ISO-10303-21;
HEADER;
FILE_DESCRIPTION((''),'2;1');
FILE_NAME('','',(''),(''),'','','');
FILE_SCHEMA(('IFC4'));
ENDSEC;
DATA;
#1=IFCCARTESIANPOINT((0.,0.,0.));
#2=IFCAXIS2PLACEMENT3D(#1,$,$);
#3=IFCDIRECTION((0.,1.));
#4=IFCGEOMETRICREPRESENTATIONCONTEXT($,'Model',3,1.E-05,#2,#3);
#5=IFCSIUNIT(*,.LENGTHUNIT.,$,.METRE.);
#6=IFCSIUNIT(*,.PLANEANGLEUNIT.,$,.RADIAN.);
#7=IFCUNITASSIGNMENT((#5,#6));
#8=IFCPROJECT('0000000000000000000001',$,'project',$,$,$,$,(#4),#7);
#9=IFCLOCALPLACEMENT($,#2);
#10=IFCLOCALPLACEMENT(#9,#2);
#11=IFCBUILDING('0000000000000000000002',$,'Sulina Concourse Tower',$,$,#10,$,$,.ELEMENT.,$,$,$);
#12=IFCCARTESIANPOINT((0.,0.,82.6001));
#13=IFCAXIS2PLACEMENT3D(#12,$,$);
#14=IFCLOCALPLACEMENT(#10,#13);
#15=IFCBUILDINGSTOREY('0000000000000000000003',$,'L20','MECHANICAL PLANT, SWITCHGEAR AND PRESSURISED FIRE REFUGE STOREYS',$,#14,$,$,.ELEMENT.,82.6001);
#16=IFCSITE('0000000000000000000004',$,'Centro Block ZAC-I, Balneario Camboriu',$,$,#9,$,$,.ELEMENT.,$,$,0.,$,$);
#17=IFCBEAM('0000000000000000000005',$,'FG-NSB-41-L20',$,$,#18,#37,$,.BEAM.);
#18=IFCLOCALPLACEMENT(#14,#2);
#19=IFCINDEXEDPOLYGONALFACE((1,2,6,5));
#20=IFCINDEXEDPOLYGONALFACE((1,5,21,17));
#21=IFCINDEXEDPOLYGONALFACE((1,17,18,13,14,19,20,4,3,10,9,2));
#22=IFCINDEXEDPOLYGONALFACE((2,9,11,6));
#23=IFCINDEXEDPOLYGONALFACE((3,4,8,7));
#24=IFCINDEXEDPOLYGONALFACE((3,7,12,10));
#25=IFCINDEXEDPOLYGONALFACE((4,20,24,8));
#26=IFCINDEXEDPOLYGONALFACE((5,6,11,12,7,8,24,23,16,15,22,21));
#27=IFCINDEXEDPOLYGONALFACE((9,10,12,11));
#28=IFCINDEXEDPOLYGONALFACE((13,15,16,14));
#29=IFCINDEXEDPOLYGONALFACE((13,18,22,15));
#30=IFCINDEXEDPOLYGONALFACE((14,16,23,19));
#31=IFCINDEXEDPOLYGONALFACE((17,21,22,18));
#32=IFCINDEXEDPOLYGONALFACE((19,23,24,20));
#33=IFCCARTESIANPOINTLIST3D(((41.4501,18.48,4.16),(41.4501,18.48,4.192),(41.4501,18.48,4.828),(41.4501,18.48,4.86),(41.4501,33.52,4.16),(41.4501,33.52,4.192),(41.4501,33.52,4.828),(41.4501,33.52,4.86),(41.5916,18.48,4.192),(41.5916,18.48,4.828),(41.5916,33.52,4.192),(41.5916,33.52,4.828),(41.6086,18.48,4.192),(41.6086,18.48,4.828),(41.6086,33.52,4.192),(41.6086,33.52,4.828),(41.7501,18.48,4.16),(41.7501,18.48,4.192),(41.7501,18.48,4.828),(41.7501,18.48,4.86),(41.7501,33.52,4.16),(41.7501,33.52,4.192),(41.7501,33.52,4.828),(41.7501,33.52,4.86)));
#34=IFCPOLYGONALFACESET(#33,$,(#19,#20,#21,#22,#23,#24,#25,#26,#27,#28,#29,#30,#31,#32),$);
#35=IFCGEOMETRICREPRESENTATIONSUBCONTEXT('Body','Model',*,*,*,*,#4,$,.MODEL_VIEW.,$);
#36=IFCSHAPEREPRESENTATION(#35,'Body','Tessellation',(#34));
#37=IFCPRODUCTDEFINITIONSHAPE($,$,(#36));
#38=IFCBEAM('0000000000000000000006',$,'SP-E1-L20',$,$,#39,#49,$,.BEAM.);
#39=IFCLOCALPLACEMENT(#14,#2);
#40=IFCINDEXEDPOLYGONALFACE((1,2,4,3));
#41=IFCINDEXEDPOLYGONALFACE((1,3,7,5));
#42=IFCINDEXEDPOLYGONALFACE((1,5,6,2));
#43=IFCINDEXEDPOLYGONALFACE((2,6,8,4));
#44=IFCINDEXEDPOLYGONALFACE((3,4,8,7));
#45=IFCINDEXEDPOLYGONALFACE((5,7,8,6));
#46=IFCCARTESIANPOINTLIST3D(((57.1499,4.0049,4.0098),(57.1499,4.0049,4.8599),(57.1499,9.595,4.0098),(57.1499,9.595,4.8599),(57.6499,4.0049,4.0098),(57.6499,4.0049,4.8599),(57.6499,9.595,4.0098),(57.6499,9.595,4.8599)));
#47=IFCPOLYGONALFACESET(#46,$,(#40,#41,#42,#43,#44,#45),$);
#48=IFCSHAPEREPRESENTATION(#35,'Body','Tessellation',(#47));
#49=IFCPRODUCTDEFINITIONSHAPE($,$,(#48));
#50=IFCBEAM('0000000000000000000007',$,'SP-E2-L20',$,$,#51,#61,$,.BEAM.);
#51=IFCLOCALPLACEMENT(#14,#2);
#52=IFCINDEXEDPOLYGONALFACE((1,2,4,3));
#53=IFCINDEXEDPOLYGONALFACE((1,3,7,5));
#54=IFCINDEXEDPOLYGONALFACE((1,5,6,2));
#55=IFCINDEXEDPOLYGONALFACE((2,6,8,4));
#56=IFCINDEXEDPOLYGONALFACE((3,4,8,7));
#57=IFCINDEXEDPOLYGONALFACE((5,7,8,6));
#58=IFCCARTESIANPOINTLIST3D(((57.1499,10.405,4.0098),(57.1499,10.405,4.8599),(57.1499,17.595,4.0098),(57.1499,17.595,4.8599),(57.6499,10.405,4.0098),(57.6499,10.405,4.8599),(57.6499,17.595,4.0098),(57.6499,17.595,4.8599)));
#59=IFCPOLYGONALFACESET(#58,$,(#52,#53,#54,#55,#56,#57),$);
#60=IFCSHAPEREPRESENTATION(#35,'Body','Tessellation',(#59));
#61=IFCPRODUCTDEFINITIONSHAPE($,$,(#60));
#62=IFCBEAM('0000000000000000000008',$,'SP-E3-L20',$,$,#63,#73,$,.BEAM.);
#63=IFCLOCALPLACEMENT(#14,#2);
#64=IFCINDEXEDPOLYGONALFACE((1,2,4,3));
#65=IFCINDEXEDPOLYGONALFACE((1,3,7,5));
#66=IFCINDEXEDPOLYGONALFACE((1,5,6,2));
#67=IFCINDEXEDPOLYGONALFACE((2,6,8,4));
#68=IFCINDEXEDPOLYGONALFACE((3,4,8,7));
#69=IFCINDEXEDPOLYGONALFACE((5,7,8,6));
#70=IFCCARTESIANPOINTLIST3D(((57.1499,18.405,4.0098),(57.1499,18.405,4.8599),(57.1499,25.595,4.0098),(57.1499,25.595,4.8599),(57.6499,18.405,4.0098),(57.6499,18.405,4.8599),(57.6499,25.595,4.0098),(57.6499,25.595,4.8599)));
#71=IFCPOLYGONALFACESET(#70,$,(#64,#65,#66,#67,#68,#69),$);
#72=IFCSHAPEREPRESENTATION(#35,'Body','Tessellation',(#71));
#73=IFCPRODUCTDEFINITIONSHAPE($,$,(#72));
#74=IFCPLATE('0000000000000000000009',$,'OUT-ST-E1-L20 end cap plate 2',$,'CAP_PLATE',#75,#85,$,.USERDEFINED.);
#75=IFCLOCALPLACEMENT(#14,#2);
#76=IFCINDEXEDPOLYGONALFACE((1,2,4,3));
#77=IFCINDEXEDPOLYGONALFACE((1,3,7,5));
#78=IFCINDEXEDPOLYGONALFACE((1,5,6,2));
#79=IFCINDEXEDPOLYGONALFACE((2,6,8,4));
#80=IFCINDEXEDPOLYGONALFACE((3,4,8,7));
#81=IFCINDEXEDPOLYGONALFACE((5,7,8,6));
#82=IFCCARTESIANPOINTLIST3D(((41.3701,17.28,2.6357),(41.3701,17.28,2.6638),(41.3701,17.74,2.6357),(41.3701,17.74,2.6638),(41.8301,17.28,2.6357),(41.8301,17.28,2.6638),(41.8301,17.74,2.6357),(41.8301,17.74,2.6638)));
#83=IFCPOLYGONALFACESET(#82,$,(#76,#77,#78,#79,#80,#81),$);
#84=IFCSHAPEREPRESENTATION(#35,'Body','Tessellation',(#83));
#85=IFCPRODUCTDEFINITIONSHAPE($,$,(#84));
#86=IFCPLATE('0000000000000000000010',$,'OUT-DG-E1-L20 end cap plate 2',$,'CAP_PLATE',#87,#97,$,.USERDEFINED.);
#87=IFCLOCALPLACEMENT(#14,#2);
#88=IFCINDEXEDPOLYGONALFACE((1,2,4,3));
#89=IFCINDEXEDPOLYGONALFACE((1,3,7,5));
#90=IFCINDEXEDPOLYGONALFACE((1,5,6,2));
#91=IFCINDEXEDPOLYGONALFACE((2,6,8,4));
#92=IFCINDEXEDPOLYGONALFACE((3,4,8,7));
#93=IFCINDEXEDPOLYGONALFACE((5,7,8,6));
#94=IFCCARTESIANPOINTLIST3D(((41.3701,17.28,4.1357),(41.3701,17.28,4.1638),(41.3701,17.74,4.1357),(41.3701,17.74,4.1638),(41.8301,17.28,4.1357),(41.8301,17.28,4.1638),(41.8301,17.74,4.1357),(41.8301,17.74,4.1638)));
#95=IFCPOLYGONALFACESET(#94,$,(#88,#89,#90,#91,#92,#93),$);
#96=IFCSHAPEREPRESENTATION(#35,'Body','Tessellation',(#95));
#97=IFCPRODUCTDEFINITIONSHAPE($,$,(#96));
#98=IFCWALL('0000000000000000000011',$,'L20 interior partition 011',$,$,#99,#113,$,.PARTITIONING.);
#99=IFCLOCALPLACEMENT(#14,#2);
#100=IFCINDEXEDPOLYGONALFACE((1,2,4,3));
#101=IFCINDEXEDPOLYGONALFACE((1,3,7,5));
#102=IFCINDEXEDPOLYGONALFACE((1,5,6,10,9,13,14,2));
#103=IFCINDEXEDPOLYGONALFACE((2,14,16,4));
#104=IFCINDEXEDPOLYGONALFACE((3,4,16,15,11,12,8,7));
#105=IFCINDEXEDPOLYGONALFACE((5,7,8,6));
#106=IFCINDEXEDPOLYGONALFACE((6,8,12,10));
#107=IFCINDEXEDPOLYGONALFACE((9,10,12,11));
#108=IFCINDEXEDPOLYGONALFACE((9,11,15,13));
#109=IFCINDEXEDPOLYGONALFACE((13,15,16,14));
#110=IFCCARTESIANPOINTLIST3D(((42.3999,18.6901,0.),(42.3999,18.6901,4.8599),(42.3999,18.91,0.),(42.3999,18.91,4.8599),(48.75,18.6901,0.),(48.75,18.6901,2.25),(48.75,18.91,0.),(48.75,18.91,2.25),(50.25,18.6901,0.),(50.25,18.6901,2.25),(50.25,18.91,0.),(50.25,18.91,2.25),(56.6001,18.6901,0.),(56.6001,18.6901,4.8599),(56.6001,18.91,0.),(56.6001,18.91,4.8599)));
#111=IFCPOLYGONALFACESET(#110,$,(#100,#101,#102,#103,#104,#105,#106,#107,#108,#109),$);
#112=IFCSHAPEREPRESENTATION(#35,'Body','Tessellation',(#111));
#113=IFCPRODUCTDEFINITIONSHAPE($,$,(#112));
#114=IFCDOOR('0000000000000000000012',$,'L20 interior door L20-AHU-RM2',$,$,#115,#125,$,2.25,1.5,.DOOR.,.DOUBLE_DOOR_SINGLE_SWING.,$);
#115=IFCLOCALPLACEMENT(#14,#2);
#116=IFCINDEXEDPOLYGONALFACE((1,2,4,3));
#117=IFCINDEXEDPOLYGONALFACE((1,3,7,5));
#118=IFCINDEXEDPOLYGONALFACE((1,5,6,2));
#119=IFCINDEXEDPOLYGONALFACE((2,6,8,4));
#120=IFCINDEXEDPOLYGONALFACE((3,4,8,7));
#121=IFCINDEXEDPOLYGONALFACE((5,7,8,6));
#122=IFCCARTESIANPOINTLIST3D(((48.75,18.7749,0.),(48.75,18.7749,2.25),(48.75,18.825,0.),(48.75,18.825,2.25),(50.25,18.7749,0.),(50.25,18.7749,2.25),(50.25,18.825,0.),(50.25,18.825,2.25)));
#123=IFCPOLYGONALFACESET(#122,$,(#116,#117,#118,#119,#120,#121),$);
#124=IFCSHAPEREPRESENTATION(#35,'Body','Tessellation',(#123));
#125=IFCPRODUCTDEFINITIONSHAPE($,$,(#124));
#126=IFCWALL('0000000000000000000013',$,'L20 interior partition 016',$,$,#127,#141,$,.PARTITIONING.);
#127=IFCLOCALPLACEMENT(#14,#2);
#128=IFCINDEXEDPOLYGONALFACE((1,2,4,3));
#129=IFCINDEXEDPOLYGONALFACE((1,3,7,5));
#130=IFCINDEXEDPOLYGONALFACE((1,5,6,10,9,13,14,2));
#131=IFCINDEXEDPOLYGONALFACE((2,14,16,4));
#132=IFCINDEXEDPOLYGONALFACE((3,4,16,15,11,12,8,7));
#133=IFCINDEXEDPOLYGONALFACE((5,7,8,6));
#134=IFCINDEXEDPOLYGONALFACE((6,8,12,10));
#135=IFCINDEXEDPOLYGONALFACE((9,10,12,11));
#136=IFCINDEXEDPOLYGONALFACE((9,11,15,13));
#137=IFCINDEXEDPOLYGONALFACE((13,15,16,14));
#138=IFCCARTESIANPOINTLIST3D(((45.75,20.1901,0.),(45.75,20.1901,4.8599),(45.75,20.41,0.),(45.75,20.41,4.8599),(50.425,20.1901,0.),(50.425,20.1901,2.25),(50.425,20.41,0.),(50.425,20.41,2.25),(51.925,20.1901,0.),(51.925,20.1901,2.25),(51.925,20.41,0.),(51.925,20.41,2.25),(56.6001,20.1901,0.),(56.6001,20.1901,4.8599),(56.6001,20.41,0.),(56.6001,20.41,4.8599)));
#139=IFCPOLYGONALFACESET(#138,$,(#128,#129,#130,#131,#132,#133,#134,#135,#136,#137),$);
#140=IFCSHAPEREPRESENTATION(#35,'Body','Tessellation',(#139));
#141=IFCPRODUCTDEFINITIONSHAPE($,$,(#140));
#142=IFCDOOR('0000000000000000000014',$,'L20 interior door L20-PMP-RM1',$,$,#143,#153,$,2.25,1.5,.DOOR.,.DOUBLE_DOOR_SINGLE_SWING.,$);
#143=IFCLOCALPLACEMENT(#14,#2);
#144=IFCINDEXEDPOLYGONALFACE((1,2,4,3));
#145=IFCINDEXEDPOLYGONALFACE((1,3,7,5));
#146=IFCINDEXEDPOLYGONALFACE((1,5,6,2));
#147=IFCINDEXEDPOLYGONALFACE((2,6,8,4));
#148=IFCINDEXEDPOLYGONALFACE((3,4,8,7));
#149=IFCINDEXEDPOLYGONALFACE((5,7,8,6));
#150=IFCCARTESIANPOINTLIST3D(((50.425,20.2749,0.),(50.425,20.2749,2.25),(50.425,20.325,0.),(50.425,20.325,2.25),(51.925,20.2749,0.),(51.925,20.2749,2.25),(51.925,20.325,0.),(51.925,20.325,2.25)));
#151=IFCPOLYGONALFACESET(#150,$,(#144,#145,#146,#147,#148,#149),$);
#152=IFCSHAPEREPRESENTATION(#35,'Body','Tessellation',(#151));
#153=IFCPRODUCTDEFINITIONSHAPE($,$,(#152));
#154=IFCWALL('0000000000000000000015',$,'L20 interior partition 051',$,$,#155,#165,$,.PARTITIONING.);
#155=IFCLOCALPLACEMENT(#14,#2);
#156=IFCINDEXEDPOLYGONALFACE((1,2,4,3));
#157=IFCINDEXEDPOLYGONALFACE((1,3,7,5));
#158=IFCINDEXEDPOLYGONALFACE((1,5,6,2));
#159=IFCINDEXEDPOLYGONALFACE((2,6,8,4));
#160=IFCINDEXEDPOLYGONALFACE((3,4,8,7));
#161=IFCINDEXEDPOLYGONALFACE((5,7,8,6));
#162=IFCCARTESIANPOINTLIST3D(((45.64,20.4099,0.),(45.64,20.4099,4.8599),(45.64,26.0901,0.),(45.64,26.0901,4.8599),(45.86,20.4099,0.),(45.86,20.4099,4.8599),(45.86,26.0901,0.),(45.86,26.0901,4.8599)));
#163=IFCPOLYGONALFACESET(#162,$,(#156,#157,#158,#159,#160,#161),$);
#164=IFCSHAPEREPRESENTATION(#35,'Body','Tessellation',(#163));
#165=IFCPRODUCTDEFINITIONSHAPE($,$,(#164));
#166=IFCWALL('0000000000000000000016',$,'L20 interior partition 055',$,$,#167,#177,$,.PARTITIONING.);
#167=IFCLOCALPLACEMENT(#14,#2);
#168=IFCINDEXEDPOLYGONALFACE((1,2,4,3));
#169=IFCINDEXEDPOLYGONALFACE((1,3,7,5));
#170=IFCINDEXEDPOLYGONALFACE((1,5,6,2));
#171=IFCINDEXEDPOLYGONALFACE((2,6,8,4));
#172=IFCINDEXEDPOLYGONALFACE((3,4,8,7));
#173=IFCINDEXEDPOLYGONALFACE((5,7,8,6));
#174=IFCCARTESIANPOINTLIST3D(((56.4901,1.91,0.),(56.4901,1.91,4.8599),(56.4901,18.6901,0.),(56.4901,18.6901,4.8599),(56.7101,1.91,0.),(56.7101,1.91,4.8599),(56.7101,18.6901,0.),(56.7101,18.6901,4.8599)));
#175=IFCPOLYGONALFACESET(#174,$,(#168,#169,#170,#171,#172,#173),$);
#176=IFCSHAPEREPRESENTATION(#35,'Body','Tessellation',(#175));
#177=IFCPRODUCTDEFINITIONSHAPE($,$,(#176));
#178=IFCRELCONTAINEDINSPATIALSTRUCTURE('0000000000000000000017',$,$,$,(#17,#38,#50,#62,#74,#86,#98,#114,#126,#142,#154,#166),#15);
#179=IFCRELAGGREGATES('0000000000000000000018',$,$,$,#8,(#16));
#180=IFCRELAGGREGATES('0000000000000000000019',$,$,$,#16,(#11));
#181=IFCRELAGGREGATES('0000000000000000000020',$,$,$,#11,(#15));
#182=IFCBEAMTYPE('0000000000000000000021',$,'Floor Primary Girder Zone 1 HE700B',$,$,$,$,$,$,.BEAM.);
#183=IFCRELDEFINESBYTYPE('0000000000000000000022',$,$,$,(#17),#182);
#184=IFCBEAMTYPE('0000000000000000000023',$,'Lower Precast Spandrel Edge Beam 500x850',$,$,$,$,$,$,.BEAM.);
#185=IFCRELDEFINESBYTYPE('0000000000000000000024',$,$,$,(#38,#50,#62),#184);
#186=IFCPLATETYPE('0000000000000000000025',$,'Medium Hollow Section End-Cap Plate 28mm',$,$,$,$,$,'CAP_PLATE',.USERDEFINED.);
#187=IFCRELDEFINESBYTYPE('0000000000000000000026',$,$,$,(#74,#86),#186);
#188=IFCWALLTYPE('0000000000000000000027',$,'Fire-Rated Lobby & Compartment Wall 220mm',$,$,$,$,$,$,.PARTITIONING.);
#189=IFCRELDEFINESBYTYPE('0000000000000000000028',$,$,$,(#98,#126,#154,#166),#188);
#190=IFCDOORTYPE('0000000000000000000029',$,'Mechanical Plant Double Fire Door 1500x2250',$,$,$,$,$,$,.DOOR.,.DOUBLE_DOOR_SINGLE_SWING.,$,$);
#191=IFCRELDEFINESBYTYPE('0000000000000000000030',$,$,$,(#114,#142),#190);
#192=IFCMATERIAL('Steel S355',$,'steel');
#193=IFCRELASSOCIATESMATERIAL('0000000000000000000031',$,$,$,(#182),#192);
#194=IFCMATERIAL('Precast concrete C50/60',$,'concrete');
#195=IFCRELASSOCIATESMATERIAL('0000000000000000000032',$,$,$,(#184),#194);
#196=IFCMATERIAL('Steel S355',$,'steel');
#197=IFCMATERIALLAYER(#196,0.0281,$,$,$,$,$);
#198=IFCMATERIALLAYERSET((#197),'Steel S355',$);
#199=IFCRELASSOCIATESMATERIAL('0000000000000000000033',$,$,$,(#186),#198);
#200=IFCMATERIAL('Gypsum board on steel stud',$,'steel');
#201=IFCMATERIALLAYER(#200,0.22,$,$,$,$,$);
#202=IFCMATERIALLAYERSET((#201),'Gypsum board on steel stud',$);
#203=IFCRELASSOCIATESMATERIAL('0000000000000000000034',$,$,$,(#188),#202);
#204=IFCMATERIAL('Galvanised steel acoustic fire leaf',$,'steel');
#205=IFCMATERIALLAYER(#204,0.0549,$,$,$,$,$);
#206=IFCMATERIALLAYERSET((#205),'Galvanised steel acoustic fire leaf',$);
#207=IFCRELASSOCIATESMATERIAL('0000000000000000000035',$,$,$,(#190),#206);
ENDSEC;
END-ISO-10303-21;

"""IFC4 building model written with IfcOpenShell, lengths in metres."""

from ifc_helpers import new_model, si_unit, direction, frame, frame_2d, origin, origin_2d, place, context, subcontext, project, spatial, rectangle, i_section, extrude, material, layer, layer_set, material_profile, profile_set, type_object, element, fill, save


model = new_model("IFC4")

# Units and contexts
model_context = context("Model", 3, precision=1e-05, world=origin(), true_north=direction((0.0, 1.0)))
body_context = subcontext(model_context, "Body", "Model", "MODEL_VIEW")
ifc_project = project(units=[si_unit("LENGTHUNIT", "METRE"), si_unit("PLANEANGLEUNIT", "RADIAN")], contexts=[model_context])

# Site, building, storey
site_placement = place(None, origin())
site = spatial("IfcSite", under=ifc_project, at=site_placement, Name="Centro Block ZAC-I, Balneario Camboriu", CompositionType="ELEMENT", RefElevation=0.0)
building_placement = place(site_placement, origin())
building = spatial("IfcBuilding", under=site, at=building_placement, Name="Sulina Concourse Tower", CompositionType="ELEMENT")
storey_placement = place(building_placement, frame((0.0, 0.0, 82.6001)))
storey = spatial("IfcBuildingStorey", under=building, at=storey_placement, Name="L20", Description="MECHANICAL PLANT, SWITCHGEAR AND PRESSURISED FIRE REFUGE STOREYS", CompositionType="ELEMENT", Elevation=82.6001)

# Beams
ifc_material_1 = material(Name="Steel S355", Category="steel")
ifc_material_profile_1 = material_profile(ifc_material_1, i_section(OverallWidth=0.3, OverallDepth=0.7, WebThickness=0.0171, FlangeThickness=0.032, at=origin_2d()), Name="HE 700 B")
ifc_profile_set_1 = profile_set([ifc_material_profile_1], Name="Steel S355")
beam_type_1 = type_object("IfcBeamType", Name="Floor Primary Girder Zone 1 HE700B", PredefinedType="BEAM", material=ifc_profile_set_1)
beam_1_placement = place(storey_placement, frame((41.6001, 18.48, 4.51), z_axis=(0.0, 1.0, 0.0), x_axis=(-1.0, 0.0, 0.0)))
element("IfcBeam", 1, at=beam_1_placement, inside=storey, type_object=beam_type_1, Name="FG-NSB-41-L20", PredefinedType="BEAM", context=body_context, shape_type="SweptSolid", body=[
    extrude(i_section(OverallWidth=0.3, OverallDepth=0.7, WebThickness=0.0171, FlangeThickness=0.032, at=origin_2d()), origin(), (0.0, 0.0, 1.0), 15.04),
])
ifc_material_2 = material(Name="Precast concrete C50/60", Category="concrete")
ifc_material_profile_2 = material_profile(ifc_material_2, rectangle(XDim=0.5, YDim=0.8501, at=origin_2d()), Name="RC 500x850")
ifc_profile_set_2 = profile_set([ifc_material_profile_2], Name="Precast concrete C50/60")
beam_type_2 = type_object("IfcBeamType", Name="Lower Precast Spandrel Edge Beam 500x850", PredefinedType="BEAM", material=ifc_profile_set_2)
beam_2_placement = place(storey_placement, frame((57.3999, 4.0049, 4.4348), z_axis=(0.0, 1.0, 0.0), x_axis=(-1.0, 0.0, 0.0)))
element("IfcBeam", 2, at=beam_2_placement, inside=storey, type_object=beam_type_2, Name="SP-E1-L20", PredefinedType="BEAM", context=body_context, shape_type="SweptSolid", body=[
    extrude(rectangle(XDim=0.5, YDim=0.8501, at=origin_2d()), origin(), (0.0, 0.0, 1.0), 5.5901),
])
for number, where, z_axis, x_axis, name in (
    (3, (57.3999, 10.405, 4.4348), (0.0, 1.0, 0.0), (-1.0, 0.0, 0.0), "SP-E2-L20"),
    (4, (57.3999, 18.405, 4.4348), (0.0, 1.0, 0.0), (-1.0, 0.0, 0.0), "SP-E3-L20"),
):
    element("IfcBeam", number, at=place(storey_placement, frame(where, z_axis=z_axis, x_axis=x_axis)), inside=storey, type_object=beam_type_2, Name=name, PredefinedType="BEAM", context=body_context, shape_type="SweptSolid", body=[
        extrude(rectangle(XDim=0.5, YDim=0.8501, at=origin_2d()), origin(), (0.0, 0.0, 1.0), 7.1899),
    ])

# Plates
ifc_material_3 = material(Name="Steel S355", Category="steel")
ifc_layer_1 = layer(ifc_material_3, 0.0281)
ifc_layer_set_1 = layer_set([ifc_layer_1], Name="Steel S355")
plate_type = type_object("IfcPlateType", Name="Medium Hollow Section End-Cap Plate 28mm", ElementType="CAP_PLATE", PredefinedType="USERDEFINED", material=ifc_layer_set_1)
for number, where, z_axis, x_axis, name in (
    (5, (41.6001, 17.51, 2.6357), (0.0, 0.0, 1.0), (1.0, 0.0, 0.0), "OUT-ST-E1-L20 end cap plate 2"),
    (6, (41.6001, 17.51, 4.1357), (0.0, 0.0, 1.0), (1.0, 0.0, 0.0), "OUT-DG-E1-L20 end cap plate 2"),
):
    element("IfcPlate", number, at=place(storey_placement, frame(where, z_axis=z_axis, x_axis=x_axis)), inside=storey, type_object=plate_type, Name=name, ObjectType="CAP_PLATE", PredefinedType="USERDEFINED", context=body_context, shape_type="SweptSolid", body=[
        extrude(rectangle(XDim=0.46, YDim=0.46, at=origin_2d()), origin(), (0.0, 0.0, 1.0), 0.0281),
    ])

# Walls, openings, doors
ifc_material_4 = material(Name="Gypsum board on steel stud", Category="steel")
ifc_layer_2 = layer(ifc_material_4, 0.22)
ifc_layer_set_2 = layer_set([ifc_layer_2], Name="Gypsum board on steel stud")
wall_type_1 = type_object("IfcWallType", Name="Fire-Rated Lobby & Compartment Wall 220mm", PredefinedType="PARTITIONING", material=ifc_layer_set_2)
wall_1_placement = place(storey_placement, frame((42.3999, 18.8, 0.0), z_axis=(0.0, 0.0, 1.0), x_axis=(1.0, 0.0, 0.0)))
wall_1 = element("IfcWall", 7, at=wall_1_placement, inside=storey, type_object=wall_type_1, Name="L20 interior partition 011", PredefinedType="PARTITIONING", context=body_context, shape_type="SweptSolid", body=[
    extrude(rectangle(XDim=14.2002, YDim=0.22, at=frame_2d((7.1001, 0.0))), origin(), (0.0, 0.0, 1.0), 4.8599),
])
opening_1_placement = place(wall_1_placement, frame((6.3501, 0.0, 0.0)))
opening_1 = element("IfcOpeningElement", 8, at=opening_1_placement, cuts=wall_1, PredefinedType="OPENING", context=body_context, shape_type="SweptSolid", body=[
    extrude(rectangle(XDim=1.5, YDim=2.25, at=frame_2d((0.75, 1.125))), frame((0.0, 0.1199, 0.0), z_axis=(0.0, -1.0, 0.0), x_axis=(1.0, 0.0, 0.0)), (0.0, 0.0, 1.0), 0.24),
])
ifc_material_5 = material(Name="Galvanised steel acoustic fire leaf", Category="steel")
ifc_layer_3 = layer(ifc_material_5, 0.0549)
ifc_layer_set_3 = layer_set([ifc_layer_3], Name="Galvanised steel acoustic fire leaf")
door_type = type_object("IfcDoorType", Name="Mechanical Plant Double Fire Door 1500x2250", OperationType="DOUBLE_DOOR_SINGLE_SWING", PredefinedType="DOOR", material=ifc_layer_set_3)
door_1_placement = place(opening_1_placement, origin())
door_1 = element("IfcDoor", 9, at=door_1_placement, inside=storey, type_object=door_type, Name="L20 interior door L20-AHU-RM2", OperationType="DOUBLE_DOOR_SINGLE_SWING", OverallHeight=2.25, OverallWidth=1.5, PredefinedType="DOOR", context=body_context, shape_type="SweptSolid", body=[
    extrude(rectangle(XDim=1.5, YDim=2.25, at=frame_2d((0.75, 1.125))), frame((0.0, 0.0249, 0.0), z_axis=(0.0, -1.0, 0.0), x_axis=(1.0, 0.0, 0.0)), (0.0, 0.0, 1.0), 0.05),
])
fill(opening_1, door_1)
wall_2_placement = place(storey_placement, frame((45.75, 20.3, 0.0), z_axis=(0.0, 0.0, 1.0), x_axis=(1.0, 0.0, 0.0)))
wall_2 = element("IfcWall", 10, at=wall_2_placement, inside=storey, type_object=wall_type_1, Name="L20 interior partition 016", PredefinedType="PARTITIONING", context=body_context, shape_type="SweptSolid", body=[
    extrude(rectangle(XDim=10.8501, YDim=0.22, at=frame_2d((5.425, 0.0))), origin(), (0.0, 0.0, 1.0), 4.8599),
])
opening_2_placement = place(wall_2_placement, frame((4.675, 0.0, 0.0)))
opening_2 = element("IfcOpeningElement", 11, at=opening_2_placement, cuts=wall_2, PredefinedType="OPENING", context=body_context, shape_type="SweptSolid", body=[
    extrude(rectangle(XDim=1.5, YDim=2.25, at=frame_2d((0.75, 1.125))), frame((0.0, 0.1199, 0.0), z_axis=(0.0, -1.0, 0.0), x_axis=(1.0, 0.0, 0.0)), (0.0, 0.0, 1.0), 0.24),
])
door_2_placement = place(opening_2_placement, origin())
door_2 = element("IfcDoor", 12, at=door_2_placement, inside=storey, type_object=door_type, Name="L20 interior door L20-PMP-RM1", OperationType="DOUBLE_DOOR_SINGLE_SWING", OverallHeight=2.25, OverallWidth=1.5, PredefinedType="DOOR", context=body_context, shape_type="SweptSolid", body=[
    extrude(rectangle(XDim=1.5, YDim=2.25, at=frame_2d((0.75, 1.125))), frame((0.0, 0.0249, 0.0), z_axis=(0.0, -1.0, 0.0), x_axis=(1.0, 0.0, 0.0)), (0.0, 0.0, 1.0), 0.05),
])
fill(opening_2, door_2)

# Walls
wall_3_placement = place(storey_placement, frame((45.75, 20.4099, 0.0), z_axis=(0.0, 0.0, 1.0), x_axis=(0.0, 1.0, 0.0)))
element("IfcWall", 13, at=wall_3_placement, inside=storey, type_object=wall_type_1, Name="L20 interior partition 051", PredefinedType="PARTITIONING", context=body_context, shape_type="SweptSolid", body=[
    extrude(rectangle(XDim=5.6802, YDim=0.22, at=frame_2d((2.8401, 0.0))), origin(), (0.0, 0.0, 1.0), 4.8599),
])
wall_4_placement = place(storey_placement, frame((56.6001, 1.9099, 0.0), z_axis=(0.0, 0.0, 1.0), x_axis=(0.0, 1.0, 0.0)))
element("IfcWall", 14, at=wall_4_placement, inside=storey, type_object=wall_type_1, Name="L20 interior partition 055", PredefinedType="PARTITIONING", context=body_context, shape_type="SweptSolid", body=[
    extrude(rectangle(XDim=16.78, YDim=0.22, at=frame_2d((8.3901, 0.0))), origin(), (0.0, 0.0, 1.0), 4.8599),
])

save(model, "model.ifc")
